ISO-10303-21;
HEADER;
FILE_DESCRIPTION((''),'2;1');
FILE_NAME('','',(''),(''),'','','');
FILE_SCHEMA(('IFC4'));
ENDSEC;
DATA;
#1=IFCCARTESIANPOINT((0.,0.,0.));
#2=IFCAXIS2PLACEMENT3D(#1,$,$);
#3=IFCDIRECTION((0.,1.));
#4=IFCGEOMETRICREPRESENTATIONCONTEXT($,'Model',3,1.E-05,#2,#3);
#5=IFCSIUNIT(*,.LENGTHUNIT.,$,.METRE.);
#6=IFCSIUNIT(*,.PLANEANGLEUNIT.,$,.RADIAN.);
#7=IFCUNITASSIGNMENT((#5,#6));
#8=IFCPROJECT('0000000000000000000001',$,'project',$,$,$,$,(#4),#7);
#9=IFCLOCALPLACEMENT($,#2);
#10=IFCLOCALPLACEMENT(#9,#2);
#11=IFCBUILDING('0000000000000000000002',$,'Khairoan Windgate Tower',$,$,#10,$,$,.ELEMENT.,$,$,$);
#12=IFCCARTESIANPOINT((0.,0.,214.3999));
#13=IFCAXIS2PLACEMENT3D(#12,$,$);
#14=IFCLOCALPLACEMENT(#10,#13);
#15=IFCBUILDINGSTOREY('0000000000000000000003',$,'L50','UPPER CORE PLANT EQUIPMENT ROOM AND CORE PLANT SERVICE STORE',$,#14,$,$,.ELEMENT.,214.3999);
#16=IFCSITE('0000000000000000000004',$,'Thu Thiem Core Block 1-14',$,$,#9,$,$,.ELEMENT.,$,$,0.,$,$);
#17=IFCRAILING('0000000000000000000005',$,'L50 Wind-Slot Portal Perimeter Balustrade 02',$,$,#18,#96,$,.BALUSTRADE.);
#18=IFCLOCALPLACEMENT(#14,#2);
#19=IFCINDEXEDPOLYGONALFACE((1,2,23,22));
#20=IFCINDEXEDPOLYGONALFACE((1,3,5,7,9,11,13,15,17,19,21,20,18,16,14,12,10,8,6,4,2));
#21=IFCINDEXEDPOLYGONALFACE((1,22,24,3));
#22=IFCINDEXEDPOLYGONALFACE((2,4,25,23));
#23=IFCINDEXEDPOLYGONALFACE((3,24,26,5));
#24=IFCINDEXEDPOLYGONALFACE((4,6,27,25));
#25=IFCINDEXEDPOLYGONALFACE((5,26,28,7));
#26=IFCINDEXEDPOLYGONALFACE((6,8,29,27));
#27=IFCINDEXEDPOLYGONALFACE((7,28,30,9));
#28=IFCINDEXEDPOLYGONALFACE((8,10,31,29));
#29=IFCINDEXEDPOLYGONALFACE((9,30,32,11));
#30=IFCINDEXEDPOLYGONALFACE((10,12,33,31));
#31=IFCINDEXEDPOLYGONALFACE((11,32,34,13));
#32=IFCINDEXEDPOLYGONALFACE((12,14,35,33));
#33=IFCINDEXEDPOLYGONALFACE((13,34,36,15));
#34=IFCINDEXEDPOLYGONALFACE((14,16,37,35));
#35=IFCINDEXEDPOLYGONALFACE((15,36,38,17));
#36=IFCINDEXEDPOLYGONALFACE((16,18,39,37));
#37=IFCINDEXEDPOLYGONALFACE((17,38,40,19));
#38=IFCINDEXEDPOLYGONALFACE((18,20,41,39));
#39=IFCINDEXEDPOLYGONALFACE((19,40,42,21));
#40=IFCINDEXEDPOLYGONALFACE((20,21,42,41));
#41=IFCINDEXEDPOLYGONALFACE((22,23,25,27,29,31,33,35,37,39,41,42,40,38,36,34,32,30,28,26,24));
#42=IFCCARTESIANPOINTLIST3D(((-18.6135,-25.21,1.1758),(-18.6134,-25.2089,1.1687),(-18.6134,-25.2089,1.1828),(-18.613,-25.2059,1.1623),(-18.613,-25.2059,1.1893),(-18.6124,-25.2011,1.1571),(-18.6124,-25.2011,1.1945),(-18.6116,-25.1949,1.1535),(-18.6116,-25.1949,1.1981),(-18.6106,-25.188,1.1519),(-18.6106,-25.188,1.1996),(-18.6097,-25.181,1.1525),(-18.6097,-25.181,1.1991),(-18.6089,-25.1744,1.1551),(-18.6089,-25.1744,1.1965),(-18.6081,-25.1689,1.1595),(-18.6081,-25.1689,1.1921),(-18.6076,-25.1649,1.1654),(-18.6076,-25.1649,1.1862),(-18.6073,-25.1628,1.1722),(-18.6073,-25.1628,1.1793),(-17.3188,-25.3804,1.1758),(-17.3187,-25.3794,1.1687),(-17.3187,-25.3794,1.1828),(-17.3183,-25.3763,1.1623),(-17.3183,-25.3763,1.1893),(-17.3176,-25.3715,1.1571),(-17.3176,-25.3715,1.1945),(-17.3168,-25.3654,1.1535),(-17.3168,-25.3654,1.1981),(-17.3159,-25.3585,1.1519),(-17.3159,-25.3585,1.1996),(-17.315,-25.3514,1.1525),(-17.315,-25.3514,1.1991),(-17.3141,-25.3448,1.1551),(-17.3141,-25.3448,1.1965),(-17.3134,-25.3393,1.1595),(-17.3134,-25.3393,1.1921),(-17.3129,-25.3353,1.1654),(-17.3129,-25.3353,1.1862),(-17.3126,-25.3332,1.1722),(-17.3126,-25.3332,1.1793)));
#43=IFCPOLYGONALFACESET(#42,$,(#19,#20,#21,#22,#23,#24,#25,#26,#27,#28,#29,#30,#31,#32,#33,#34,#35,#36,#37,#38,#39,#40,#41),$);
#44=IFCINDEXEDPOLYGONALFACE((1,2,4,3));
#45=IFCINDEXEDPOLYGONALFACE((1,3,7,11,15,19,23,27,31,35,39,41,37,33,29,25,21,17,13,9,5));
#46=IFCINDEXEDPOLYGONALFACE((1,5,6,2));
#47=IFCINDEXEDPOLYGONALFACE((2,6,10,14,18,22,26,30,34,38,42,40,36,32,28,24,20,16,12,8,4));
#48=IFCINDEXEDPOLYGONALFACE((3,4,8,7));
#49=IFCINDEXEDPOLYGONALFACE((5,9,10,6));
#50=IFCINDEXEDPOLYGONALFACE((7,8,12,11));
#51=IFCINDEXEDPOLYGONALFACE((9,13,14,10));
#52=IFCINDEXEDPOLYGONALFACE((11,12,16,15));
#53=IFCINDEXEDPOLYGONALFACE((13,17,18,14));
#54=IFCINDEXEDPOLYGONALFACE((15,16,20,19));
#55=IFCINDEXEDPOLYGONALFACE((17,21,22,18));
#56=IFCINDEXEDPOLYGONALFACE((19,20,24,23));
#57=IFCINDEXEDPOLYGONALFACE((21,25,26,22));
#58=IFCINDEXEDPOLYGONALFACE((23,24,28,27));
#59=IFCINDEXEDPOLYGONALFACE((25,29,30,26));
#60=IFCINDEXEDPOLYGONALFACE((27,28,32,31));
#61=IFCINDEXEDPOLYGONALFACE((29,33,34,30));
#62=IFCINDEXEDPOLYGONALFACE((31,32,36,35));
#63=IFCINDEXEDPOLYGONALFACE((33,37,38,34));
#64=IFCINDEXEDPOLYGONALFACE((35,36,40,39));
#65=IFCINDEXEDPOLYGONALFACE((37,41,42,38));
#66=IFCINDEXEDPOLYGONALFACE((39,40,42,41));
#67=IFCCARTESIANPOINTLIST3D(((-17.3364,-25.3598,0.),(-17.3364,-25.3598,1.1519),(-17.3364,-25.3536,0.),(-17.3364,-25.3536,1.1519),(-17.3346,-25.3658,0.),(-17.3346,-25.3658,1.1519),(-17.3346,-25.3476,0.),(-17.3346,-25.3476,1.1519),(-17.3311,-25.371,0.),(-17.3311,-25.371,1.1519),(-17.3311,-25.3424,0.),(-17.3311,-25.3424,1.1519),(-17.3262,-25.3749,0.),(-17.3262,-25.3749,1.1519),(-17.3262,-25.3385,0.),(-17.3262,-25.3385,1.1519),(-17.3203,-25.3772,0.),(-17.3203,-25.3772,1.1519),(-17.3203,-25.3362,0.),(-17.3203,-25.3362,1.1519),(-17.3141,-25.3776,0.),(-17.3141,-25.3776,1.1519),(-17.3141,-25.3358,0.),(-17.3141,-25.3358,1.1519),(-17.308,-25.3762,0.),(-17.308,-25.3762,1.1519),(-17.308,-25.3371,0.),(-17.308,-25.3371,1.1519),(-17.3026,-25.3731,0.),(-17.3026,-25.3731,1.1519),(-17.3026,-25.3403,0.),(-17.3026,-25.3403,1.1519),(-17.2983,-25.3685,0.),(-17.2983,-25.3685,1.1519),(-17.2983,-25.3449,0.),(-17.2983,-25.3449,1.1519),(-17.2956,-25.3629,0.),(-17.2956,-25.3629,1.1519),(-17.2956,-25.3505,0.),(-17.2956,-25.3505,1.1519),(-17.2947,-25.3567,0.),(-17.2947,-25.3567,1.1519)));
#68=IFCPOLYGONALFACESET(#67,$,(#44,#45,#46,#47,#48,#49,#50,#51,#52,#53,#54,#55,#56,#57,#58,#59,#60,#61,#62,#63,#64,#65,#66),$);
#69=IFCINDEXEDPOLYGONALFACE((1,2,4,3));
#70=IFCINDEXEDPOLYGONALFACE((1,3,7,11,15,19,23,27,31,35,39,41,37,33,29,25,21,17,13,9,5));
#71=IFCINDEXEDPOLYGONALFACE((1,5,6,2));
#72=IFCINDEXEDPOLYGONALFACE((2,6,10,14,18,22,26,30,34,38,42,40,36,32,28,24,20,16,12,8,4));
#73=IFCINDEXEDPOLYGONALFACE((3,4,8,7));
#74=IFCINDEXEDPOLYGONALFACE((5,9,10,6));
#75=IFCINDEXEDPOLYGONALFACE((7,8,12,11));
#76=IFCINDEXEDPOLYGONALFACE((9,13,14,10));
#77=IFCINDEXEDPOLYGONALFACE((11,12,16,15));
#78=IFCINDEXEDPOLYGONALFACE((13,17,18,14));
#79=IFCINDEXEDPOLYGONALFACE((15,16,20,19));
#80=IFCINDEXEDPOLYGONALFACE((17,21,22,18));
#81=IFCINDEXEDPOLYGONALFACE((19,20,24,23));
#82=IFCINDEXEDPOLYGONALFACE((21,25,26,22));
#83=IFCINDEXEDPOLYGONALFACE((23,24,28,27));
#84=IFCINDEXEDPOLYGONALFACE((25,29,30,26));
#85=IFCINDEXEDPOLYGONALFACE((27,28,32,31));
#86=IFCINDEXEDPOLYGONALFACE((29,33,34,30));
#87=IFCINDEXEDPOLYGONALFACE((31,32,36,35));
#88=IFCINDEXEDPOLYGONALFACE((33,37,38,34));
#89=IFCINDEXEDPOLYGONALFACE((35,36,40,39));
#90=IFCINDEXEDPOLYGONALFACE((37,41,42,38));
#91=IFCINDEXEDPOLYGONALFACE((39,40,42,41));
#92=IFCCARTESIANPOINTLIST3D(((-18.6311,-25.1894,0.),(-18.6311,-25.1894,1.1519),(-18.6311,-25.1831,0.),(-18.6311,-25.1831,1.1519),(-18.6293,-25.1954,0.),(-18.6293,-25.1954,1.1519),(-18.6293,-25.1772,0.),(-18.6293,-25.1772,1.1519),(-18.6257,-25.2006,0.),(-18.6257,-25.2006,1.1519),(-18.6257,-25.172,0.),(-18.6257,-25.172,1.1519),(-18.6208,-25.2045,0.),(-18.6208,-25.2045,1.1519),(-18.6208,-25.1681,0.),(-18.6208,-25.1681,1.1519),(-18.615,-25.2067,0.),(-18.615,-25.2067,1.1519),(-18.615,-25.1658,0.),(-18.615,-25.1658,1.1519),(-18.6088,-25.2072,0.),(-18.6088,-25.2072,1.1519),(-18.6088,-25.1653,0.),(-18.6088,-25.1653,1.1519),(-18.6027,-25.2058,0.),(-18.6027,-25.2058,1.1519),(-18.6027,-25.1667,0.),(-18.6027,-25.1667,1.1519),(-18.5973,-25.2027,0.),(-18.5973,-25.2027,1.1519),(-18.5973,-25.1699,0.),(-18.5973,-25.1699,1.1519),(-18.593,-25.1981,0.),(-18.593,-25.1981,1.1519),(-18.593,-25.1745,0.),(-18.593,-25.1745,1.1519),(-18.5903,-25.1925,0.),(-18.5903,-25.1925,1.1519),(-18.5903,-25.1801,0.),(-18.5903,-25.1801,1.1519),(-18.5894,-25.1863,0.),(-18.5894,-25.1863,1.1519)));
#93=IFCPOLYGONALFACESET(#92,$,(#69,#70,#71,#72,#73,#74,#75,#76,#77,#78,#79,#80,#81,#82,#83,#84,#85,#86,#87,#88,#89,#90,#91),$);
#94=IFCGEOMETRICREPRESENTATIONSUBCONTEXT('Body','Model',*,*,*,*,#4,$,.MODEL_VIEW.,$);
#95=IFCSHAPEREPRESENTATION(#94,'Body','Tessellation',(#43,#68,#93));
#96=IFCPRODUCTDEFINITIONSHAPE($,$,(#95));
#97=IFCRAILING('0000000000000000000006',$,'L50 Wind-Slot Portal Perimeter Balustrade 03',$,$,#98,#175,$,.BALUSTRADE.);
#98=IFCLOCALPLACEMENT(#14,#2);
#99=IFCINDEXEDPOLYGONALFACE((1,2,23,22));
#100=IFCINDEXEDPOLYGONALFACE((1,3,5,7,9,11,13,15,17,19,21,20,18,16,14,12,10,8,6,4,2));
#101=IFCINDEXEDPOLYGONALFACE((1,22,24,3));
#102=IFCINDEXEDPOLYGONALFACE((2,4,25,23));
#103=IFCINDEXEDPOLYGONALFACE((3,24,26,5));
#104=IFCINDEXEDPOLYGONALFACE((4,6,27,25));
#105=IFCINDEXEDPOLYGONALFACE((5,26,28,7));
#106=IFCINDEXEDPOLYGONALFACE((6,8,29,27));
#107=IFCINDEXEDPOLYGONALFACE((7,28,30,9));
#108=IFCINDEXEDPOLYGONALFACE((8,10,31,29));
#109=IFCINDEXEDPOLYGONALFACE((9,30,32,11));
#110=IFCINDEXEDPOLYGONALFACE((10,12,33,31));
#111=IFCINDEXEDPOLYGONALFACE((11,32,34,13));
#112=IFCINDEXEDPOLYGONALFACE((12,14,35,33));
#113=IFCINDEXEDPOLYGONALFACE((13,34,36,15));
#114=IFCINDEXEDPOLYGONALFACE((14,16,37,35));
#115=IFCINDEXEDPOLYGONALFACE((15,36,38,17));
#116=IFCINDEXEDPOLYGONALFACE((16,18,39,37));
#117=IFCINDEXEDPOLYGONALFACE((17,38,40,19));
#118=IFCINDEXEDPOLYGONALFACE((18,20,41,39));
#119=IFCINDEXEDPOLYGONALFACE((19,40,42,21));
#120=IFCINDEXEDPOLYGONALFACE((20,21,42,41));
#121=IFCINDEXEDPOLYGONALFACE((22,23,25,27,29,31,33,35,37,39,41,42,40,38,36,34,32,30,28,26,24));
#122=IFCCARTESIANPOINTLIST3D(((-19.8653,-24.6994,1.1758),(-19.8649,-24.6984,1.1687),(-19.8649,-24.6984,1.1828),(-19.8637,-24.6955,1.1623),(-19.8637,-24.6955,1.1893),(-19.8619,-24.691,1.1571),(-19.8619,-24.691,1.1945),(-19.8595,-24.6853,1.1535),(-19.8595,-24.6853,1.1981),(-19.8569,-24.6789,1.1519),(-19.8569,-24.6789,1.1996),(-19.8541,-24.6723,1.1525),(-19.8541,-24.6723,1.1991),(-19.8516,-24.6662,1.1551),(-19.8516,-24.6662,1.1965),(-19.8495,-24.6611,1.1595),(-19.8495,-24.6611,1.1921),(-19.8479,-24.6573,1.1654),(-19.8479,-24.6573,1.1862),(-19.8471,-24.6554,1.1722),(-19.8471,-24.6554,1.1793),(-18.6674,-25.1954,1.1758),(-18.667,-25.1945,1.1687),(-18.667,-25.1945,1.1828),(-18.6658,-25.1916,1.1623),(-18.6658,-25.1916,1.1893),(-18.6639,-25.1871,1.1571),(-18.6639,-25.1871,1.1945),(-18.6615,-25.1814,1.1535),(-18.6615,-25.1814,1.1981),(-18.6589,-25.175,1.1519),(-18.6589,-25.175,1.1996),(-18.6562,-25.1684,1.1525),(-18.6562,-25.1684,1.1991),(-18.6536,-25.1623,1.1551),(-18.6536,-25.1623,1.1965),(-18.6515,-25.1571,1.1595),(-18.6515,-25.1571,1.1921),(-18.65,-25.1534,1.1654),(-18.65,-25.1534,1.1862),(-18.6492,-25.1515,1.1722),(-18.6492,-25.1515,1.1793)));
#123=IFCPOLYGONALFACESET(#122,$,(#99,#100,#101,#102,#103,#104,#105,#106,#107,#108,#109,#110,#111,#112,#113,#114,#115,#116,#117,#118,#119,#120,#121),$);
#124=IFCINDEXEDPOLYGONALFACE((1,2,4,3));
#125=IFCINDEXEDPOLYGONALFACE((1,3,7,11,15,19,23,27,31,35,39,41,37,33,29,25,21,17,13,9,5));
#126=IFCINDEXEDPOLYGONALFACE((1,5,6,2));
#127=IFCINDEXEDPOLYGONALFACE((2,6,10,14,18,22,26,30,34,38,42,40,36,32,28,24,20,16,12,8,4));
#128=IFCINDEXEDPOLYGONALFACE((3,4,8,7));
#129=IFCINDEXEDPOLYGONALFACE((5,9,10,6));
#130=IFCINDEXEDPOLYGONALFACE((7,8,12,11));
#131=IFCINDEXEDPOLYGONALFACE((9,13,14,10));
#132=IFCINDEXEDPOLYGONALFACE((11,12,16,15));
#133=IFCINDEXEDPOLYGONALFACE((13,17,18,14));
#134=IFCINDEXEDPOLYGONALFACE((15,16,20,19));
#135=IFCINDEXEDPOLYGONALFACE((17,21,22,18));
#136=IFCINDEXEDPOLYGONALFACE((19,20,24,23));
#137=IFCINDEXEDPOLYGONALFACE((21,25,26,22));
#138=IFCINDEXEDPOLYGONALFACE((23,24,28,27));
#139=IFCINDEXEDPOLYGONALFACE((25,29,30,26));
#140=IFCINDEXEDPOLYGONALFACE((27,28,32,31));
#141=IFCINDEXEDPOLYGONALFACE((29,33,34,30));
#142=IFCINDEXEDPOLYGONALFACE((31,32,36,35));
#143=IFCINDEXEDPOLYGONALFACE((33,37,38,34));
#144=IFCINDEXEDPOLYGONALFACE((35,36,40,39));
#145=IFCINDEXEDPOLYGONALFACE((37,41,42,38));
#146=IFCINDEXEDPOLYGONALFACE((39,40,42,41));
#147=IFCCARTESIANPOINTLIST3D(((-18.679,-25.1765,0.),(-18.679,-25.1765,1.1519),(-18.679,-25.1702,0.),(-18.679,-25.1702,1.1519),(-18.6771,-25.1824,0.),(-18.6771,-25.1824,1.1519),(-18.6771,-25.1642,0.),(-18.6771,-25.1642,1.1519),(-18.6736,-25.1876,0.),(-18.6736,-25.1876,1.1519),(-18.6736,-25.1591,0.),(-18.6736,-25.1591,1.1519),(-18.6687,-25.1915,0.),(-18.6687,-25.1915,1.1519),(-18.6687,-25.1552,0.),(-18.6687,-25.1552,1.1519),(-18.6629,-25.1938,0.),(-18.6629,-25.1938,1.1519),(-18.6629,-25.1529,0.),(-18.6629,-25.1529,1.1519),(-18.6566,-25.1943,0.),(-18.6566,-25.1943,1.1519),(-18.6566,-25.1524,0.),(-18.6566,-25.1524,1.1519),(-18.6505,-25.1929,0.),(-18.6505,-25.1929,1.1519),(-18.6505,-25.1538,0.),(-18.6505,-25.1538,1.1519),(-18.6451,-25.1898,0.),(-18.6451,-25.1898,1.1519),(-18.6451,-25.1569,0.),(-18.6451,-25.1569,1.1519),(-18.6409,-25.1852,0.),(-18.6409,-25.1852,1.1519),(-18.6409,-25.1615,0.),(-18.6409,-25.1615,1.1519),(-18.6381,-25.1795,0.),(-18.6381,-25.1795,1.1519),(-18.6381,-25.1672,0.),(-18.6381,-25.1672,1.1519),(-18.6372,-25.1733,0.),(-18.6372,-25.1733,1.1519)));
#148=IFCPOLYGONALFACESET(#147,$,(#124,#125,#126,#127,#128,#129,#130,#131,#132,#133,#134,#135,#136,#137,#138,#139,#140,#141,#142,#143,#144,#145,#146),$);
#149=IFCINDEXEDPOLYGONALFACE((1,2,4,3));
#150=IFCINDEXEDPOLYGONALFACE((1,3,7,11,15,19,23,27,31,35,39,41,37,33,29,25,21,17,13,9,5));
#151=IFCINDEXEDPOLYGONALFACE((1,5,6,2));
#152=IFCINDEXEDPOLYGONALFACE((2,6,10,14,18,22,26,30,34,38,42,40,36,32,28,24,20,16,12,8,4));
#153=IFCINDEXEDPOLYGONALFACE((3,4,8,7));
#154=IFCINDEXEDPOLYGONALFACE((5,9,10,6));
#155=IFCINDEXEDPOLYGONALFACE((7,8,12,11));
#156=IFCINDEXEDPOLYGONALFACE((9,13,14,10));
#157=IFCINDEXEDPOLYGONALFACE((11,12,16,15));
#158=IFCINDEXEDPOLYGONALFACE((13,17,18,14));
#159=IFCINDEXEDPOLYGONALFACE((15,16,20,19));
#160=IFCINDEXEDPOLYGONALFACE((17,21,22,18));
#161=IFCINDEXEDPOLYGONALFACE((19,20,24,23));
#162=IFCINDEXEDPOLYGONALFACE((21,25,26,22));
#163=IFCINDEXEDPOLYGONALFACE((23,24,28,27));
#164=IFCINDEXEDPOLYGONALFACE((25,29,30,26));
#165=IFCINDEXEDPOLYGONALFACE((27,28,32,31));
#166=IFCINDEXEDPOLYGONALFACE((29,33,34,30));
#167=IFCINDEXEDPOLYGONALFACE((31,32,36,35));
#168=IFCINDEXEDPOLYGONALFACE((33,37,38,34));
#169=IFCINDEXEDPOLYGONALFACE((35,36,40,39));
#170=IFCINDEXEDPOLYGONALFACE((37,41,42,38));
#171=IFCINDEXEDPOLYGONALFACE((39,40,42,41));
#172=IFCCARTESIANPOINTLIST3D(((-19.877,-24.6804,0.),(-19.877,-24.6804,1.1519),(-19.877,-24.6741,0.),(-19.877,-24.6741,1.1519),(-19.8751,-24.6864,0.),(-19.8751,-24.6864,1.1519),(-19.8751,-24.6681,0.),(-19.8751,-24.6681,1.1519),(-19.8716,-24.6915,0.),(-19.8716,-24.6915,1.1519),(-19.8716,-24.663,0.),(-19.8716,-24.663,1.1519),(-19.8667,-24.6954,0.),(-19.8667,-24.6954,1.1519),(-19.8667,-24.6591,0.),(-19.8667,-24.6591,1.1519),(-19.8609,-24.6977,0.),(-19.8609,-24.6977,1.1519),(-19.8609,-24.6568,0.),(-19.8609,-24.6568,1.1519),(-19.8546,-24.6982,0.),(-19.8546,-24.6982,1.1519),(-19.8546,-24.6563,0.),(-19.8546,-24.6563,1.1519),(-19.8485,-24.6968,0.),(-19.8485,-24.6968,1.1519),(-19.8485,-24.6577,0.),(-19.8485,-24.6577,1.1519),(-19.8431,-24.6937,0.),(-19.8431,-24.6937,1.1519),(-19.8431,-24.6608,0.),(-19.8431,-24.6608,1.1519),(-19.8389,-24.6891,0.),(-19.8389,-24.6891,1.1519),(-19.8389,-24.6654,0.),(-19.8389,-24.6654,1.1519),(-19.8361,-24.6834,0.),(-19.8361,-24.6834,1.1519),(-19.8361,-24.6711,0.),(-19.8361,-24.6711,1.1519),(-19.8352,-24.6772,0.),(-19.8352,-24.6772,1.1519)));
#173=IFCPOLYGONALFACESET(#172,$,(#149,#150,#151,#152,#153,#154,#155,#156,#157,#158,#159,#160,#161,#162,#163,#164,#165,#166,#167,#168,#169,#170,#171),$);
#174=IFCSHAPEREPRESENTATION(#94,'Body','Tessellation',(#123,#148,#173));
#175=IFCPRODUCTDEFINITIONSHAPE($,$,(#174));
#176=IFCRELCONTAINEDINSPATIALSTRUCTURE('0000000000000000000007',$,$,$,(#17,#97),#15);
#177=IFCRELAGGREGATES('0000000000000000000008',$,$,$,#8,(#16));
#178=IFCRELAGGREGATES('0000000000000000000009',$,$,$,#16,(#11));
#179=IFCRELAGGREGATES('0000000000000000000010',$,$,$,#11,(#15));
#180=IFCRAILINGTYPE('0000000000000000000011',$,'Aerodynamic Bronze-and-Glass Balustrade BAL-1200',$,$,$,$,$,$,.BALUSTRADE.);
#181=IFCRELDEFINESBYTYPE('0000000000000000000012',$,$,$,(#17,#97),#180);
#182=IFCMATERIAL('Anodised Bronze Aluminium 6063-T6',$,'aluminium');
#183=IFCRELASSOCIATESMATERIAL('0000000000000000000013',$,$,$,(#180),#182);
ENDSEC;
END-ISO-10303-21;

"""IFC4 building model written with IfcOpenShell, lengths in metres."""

from ifc_helpers import new_model, si_unit, direction, frame, origin, origin_2d, place, context, subcontext, project, spatial, circle, extrude, material, type_object, element, save


model = new_model("IFC4")

# Units and contexts
model_context = context("Model", 3, precision=1e-05, world=origin(), true_north=direction((0.0, 1.0)))
body_context = subcontext(model_context, "Body", "Model", "MODEL_VIEW")
ifc_project = project(units=[si_unit("LENGTHUNIT", "METRE"), si_unit("PLANEANGLEUNIT", "RADIAN")], contexts=[model_context])

# Site, building, storey
site_placement = place(None, origin())
site = spatial("IfcSite", under=ifc_project, at=site_placement, Name="Thu Thiem Core Block 1-14", CompositionType="ELEMENT", RefElevation=0.0)
building_placement = place(site_placement, origin())
building = spatial("IfcBuilding", under=site, at=building_placement, Name="Khairoan Windgate Tower", CompositionType="ELEMENT")
storey_placement = place(building_placement, frame((0.0, 0.0, 214.3999)))
storey = spatial("IfcBuildingStorey", under=building, at=storey_placement, Name="L50", Description="UPPER CORE PLANT EQUIPMENT ROOM AND CORE PLANT SERVICE STORE", CompositionType="ELEMENT", Elevation=214.3999)

# Railings
ifc_material_1 = material(Name="Anodised Bronze Aluminium 6063-T6", Category="aluminium")
railing_type = type_object("IfcRailingType", Name="Aerodynamic Bronze-and-Glass Balustrade BAL-1200", PredefinedType="BALUSTRADE", material=ifc_material_1)
railing_1_placement = place(storey_placement, frame((-17.3157, -25.3567, 0.0)))
element("IfcRailing", 1, at=railing_1_placement, inside=storey, type_object=railing_type, Name="L50 Wind-Slot Portal Perimeter Balustrade 02", PredefinedType="BALUSTRADE", context=body_context, shape_type="SweptSolid", body=[
    extrude(circle(Radius=0.0239, at=origin_2d()), frame((0.0, 0.0, 1.1758), z_axis=(-0.991449, 0.130498, 0.0), x_axis=(-0.130498, -0.991449, 0.0)), (0.0, 0.0, 1.0), 1.3059),
    extrude(circle(Radius=0.021, at=origin_2d()), origin(), (0.0, 0.0, 1.0), 1.1519),
    extrude(circle(Radius=0.021, at=origin_2d()), frame((-1.2947, 0.1704, 0.0)), (0.0, 0.0, 1.0), 1.1519),
])
railing_2_placement = place(storey_placement, frame((-18.6582, -25.1733, 0.0)))
element("IfcRailing", 2, at=railing_2_placement, inside=storey, type_object=railing_type, Name="L50 Wind-Slot Portal Perimeter Balustrade 03", PredefinedType="BALUSTRADE", context=body_context, shape_type="SweptSolid", body=[
    extrude(circle(Radius=0.0239, at=origin_2d()), frame((0.0, 0.0, 1.1758), z_axis=(-0.923916, 0.382596, 0.0), x_axis=(-0.382596, -0.923916, 0.0)), (0.0, 0.0, 1.0), 1.2966),
    extrude(circle(Radius=0.021, at=origin_2d()), origin(), (0.0, 0.0, 1.0), 1.1519),
    extrude(circle(Radius=0.021, at=origin_2d()), frame((-1.198, 0.4961, 0.0)), (0.0, 0.0, 1.0), 1.1519),
])

save(model, "model.ifc")
